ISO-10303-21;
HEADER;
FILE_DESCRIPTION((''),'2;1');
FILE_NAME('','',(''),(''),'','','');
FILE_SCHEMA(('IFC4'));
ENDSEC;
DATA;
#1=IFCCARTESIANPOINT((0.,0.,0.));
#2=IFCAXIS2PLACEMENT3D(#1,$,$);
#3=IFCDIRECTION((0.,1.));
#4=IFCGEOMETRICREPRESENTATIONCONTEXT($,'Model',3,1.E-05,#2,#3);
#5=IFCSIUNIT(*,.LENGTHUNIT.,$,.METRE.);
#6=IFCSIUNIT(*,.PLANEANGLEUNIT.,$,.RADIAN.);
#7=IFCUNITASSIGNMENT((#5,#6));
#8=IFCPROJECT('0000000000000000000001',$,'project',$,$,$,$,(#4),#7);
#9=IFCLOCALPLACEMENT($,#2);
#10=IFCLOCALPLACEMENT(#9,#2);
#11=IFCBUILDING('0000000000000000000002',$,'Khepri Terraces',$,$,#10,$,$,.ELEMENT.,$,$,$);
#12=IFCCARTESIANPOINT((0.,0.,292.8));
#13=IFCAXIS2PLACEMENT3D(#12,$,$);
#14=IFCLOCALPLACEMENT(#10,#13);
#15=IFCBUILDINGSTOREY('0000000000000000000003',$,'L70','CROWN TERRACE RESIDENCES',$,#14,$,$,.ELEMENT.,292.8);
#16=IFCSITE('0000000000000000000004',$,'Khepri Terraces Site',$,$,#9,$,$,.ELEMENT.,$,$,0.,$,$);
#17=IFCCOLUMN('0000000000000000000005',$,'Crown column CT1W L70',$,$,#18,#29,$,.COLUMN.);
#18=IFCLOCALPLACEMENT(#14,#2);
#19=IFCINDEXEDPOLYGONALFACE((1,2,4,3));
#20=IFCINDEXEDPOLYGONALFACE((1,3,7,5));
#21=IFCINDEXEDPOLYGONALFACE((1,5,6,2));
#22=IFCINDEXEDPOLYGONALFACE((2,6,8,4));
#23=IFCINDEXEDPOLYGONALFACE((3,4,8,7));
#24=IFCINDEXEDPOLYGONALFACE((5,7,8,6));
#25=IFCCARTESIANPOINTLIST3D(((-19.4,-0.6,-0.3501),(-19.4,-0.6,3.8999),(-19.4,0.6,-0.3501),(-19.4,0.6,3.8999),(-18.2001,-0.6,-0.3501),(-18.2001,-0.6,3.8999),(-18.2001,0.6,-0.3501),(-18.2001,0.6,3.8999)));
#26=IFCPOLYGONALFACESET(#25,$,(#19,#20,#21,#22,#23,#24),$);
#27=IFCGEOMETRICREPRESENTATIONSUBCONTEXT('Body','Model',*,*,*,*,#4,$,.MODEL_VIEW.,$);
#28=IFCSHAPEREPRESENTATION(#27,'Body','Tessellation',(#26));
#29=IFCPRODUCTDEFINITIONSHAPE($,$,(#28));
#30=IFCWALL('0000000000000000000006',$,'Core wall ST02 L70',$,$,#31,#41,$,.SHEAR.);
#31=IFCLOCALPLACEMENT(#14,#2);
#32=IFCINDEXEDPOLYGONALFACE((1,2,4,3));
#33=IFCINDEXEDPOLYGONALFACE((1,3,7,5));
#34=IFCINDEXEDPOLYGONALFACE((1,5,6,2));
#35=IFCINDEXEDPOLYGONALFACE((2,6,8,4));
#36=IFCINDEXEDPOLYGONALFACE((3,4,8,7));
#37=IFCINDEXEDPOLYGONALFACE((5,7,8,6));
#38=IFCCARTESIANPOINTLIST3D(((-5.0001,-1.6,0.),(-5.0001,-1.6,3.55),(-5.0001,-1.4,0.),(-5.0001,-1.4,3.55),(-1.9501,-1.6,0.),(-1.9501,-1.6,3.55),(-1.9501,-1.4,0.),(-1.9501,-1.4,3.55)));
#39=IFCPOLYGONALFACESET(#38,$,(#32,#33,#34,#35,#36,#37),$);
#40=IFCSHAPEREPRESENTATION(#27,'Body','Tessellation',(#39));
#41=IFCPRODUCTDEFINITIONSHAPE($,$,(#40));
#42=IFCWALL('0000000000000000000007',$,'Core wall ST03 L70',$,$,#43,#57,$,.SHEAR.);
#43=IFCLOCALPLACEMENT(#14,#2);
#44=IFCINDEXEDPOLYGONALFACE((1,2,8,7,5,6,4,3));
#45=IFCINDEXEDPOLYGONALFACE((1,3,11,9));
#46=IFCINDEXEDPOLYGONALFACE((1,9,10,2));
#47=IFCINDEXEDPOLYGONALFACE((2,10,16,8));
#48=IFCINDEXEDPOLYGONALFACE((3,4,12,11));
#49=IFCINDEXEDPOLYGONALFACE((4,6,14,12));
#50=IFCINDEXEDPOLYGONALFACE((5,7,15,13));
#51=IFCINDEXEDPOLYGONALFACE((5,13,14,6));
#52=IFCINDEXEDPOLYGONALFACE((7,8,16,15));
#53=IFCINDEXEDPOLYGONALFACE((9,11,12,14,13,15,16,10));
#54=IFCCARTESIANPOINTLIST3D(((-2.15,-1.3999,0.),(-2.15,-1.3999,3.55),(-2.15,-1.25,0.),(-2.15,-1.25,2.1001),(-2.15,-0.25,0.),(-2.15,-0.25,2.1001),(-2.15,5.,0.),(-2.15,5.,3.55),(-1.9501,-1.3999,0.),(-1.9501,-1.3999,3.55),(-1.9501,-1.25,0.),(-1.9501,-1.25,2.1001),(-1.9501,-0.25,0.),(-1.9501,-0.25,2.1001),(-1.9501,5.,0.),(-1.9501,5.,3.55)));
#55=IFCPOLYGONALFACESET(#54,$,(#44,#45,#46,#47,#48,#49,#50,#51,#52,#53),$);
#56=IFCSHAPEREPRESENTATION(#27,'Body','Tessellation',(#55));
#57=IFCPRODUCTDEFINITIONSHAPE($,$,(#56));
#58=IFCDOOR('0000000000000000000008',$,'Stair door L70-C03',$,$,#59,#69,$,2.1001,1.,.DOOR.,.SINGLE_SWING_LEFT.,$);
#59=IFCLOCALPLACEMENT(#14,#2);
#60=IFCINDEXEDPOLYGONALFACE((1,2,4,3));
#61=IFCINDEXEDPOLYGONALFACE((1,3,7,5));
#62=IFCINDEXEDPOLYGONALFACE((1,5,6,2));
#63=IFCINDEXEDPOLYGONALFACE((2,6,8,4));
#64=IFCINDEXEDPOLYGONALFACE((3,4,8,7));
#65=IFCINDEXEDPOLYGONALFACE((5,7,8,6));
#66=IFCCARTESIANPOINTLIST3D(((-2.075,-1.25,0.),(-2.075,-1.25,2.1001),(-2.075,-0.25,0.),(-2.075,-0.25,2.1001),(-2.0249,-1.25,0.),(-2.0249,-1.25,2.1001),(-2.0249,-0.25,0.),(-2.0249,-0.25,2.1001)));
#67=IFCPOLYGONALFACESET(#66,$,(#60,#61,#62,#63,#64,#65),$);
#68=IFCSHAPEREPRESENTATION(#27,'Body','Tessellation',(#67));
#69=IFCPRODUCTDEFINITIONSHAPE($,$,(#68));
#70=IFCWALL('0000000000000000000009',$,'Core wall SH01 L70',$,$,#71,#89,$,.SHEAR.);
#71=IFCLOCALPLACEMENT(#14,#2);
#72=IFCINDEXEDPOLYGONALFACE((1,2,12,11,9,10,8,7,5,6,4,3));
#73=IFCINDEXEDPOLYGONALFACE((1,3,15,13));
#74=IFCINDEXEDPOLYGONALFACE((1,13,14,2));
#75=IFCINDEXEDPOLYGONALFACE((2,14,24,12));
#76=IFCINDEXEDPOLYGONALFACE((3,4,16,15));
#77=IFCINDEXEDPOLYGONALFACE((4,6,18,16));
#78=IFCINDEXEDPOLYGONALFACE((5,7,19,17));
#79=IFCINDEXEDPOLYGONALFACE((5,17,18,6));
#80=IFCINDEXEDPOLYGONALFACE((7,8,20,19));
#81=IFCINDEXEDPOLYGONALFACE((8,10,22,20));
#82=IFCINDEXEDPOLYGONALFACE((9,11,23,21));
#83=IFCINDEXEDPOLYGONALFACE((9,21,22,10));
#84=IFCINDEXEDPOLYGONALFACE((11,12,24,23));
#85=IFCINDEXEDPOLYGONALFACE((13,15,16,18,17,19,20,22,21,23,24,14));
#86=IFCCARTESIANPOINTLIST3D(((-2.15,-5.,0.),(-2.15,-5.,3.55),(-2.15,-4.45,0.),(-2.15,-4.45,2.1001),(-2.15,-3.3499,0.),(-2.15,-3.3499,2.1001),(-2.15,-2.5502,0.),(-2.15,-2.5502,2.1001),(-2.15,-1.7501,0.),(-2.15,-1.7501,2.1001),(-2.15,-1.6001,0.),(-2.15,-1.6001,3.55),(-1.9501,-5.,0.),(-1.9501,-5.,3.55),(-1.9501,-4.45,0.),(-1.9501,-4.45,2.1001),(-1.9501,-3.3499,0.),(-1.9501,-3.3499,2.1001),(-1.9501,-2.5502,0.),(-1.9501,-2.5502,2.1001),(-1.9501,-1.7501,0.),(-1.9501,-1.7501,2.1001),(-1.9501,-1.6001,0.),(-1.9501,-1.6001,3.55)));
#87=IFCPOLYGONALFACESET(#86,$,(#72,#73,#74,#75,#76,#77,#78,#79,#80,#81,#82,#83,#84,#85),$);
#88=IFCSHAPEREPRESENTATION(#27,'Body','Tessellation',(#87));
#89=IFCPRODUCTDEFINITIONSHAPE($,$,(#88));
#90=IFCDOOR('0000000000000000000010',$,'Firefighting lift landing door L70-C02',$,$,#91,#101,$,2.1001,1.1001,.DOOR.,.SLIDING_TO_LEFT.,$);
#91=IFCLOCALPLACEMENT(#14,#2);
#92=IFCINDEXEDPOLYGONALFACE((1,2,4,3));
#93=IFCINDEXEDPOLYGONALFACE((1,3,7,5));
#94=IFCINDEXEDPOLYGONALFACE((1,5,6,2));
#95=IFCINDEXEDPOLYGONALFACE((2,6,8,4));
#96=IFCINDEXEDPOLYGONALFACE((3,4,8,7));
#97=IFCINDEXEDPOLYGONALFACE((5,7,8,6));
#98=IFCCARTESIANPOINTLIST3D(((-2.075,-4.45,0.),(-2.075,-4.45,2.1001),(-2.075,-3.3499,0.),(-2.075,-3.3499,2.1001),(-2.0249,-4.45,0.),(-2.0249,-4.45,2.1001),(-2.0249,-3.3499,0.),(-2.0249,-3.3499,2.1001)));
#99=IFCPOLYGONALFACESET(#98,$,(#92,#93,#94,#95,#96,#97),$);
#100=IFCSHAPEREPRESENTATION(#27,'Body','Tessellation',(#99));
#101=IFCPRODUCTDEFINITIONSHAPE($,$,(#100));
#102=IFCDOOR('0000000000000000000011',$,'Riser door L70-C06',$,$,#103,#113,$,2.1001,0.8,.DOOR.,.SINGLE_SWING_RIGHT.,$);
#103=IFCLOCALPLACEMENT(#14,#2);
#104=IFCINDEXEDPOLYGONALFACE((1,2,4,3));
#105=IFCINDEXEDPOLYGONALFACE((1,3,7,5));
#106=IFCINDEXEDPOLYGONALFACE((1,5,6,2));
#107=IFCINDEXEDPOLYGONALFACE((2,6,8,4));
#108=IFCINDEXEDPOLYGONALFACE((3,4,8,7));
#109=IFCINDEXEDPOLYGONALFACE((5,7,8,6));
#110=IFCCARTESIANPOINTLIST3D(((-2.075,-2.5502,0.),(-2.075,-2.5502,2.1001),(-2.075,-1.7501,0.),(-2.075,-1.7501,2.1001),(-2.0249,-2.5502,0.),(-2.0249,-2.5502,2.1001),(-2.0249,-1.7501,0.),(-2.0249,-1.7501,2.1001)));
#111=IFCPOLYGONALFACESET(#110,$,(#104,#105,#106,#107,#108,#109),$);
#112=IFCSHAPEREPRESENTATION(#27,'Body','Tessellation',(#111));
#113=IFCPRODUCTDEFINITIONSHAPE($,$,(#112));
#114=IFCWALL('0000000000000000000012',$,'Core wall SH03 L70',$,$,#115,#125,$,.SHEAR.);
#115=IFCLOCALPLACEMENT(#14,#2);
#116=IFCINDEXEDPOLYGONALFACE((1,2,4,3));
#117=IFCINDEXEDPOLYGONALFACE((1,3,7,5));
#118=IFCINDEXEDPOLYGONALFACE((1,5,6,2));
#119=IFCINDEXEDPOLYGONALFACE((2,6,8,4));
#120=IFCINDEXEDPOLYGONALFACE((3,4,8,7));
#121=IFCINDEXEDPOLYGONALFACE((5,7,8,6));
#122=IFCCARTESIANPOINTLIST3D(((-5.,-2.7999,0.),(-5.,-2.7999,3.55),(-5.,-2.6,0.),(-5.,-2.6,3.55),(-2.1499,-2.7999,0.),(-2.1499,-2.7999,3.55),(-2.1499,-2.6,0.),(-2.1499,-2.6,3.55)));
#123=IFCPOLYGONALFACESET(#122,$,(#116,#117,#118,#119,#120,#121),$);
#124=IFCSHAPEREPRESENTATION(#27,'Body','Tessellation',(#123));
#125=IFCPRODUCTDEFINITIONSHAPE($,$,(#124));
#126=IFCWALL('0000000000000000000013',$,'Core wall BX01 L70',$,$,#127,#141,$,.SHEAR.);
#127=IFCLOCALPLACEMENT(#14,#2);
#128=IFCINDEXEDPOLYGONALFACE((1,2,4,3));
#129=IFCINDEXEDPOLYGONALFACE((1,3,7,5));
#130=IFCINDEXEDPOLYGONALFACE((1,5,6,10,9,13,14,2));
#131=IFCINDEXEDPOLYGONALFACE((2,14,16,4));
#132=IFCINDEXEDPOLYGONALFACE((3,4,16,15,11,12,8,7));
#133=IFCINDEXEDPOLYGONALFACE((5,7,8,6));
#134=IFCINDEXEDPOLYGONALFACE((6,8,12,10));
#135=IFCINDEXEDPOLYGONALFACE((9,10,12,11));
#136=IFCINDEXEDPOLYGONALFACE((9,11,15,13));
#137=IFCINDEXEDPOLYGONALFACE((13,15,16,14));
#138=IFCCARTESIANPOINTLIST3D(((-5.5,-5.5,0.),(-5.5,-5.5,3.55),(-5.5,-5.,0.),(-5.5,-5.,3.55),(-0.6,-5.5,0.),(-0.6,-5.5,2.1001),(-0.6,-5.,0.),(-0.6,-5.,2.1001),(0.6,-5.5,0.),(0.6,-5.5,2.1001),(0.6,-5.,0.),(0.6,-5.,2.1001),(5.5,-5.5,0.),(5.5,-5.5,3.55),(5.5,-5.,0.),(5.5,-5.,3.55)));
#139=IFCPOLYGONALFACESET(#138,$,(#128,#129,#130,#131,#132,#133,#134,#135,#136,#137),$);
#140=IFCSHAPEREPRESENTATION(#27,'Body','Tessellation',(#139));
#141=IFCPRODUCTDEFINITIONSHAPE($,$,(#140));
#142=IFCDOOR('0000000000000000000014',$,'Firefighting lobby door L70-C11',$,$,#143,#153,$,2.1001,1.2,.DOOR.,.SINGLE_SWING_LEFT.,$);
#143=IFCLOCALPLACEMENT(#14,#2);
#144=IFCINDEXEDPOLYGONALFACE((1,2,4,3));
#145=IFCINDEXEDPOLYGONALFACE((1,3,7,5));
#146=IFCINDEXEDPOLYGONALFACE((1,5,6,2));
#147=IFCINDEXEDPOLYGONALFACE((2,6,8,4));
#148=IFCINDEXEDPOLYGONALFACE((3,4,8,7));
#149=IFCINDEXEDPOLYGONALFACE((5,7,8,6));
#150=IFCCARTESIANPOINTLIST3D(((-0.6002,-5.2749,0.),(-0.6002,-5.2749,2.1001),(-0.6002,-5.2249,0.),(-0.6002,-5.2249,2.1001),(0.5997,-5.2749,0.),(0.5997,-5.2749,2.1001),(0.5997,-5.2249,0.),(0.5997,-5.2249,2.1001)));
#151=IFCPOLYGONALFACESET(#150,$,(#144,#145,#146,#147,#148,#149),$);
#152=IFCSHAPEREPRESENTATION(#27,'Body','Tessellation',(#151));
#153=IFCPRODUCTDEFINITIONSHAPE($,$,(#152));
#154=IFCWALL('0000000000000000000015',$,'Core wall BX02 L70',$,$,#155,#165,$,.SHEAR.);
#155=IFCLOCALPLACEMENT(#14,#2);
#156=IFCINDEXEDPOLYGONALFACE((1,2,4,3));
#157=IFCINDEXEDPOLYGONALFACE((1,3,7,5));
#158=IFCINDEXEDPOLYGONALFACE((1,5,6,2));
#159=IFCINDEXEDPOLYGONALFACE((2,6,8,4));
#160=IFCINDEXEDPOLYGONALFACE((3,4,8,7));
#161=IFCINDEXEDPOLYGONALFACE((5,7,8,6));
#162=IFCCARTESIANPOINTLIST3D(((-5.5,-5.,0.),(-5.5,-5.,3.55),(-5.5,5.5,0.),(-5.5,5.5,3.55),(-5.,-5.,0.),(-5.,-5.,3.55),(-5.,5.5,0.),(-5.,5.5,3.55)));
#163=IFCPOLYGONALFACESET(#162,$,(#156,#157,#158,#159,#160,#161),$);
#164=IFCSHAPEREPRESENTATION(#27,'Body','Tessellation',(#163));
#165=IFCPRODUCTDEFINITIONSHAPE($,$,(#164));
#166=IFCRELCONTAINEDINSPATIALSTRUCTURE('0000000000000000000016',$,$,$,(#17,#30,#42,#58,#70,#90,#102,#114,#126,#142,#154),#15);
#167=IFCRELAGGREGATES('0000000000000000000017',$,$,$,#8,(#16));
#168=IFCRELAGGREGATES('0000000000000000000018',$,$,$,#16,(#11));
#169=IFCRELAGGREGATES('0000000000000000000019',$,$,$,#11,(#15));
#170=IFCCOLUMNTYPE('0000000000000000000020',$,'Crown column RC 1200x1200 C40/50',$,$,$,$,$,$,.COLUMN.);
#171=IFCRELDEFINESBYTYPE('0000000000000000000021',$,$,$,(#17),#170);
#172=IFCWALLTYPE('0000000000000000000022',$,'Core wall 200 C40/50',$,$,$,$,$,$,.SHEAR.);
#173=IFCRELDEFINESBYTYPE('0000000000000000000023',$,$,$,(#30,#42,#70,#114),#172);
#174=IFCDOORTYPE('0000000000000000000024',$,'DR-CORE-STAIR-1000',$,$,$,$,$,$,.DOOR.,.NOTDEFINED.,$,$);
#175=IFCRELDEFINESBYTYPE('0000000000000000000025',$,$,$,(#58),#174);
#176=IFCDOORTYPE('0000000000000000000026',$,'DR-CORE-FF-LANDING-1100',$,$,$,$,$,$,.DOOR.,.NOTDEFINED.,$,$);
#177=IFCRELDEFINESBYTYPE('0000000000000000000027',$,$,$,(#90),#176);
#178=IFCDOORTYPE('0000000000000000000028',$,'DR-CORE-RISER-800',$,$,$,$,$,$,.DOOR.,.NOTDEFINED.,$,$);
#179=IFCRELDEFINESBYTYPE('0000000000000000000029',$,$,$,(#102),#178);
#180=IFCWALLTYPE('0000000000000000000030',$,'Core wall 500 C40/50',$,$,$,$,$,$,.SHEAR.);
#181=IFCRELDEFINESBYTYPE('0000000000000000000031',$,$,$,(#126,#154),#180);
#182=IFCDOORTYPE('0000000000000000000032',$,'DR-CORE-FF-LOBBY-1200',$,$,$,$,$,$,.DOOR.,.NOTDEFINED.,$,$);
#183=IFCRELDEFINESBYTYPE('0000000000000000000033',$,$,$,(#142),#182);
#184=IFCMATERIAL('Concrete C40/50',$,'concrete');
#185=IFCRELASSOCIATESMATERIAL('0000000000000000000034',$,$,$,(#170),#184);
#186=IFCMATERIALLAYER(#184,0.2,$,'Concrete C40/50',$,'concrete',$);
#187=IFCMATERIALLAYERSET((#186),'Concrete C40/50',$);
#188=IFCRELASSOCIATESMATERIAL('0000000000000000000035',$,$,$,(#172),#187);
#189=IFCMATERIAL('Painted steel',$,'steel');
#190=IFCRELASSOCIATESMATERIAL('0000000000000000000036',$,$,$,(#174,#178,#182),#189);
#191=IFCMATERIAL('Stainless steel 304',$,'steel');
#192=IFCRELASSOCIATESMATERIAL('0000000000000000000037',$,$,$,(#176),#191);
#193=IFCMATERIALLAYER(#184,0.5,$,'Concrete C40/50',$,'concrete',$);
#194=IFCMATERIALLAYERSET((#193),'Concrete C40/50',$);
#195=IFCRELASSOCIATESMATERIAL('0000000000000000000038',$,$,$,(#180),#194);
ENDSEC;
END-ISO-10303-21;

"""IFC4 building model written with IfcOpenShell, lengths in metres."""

from ifc_helpers import new_model, si_unit, direction, frame, frame_2d, origin, origin_2d, place, context, subcontext, project, spatial, rectangle, extrude, material, layer, layer_set, material_profile, profile_set, type_object, element, fill, save


model = new_model("IFC4")

# Units and contexts
model_context = context("Model", 3, precision=1e-05, world=origin(), true_north=direction((0.0, 1.0)))
body_context = subcontext(model_context, "Body", "Model", "MODEL_VIEW")
ifc_project = project(units=[si_unit("LENGTHUNIT", "METRE"), si_unit("PLANEANGLEUNIT", "RADIAN")], contexts=[model_context])

# Site, building, storey
site_placement = place(None, origin())
site = spatial("IfcSite", under=ifc_project, at=site_placement, Name="Khepri Terraces Site", CompositionType="ELEMENT", RefElevation=0.0)
building_placement = place(site_placement, origin())
building = spatial("IfcBuilding", under=site, at=building_placement, Name="Khepri Terraces", CompositionType="ELEMENT")
storey_placement = place(building_placement, frame((0.0, 0.0, 292.8)))
storey = spatial("IfcBuildingStorey", under=building, at=storey_placement, Name="L70", Description="CROWN TERRACE RESIDENCES", CompositionType="ELEMENT", Elevation=292.8)

# Column
ifc_material_1 = material(Name="Concrete C40/50", Category="concrete")
ifc_material_profile = material_profile(ifc_material_1, rectangle(XDim=1.2, YDim=1.2, at=origin_2d()), Name="Concrete C40/50", Category="concrete")
ifc_profile_set = profile_set([ifc_material_profile], Name="Concrete C40/50")
column_type = type_object("IfcColumnType", Name="Crown column RC 1200x1200 C40/50", PredefinedType="COLUMN", material=ifc_profile_set)
column_placement = place(storey_placement, frame((-18.8, 0.0, -0.3501), z_axis=(0.0, 0.0, 1.0), x_axis=(1.0, 0.0, 0.0)))
element("IfcColumn", 1, at=column_placement, inside=storey, type_object=column_type, Name="Crown column CT1W L70", PredefinedType="COLUMN", context=body_context, shape_type="SweptSolid", body=[
    extrude(rectangle(XDim=1.2, YDim=1.2, at=origin_2d()), origin(), (0.0, 0.0, 1.0), 4.25),
])

# Wall
ifc_layer_1 = layer(ifc_material_1, 0.2, Name="Concrete C40/50", Category="concrete")
ifc_layer_set_1 = layer_set([ifc_layer_1], Name="Concrete C40/50")
wall_type_1 = type_object("IfcWallType", Name="Core wall 200 C40/50", PredefinedType="SHEAR", material=ifc_layer_set_1)
wall_1_placement = place(storey_placement, frame((-5.0, -1.5, 0.0), z_axis=(0.0, 0.0, 1.0), x_axis=(1.0, 0.0, 0.0)))
element("IfcWall", 2, at=wall_1_placement, inside=storey, type_object=wall_type_1, Name="Core wall ST02 L70", PredefinedType="SHEAR", context=body_context, shape_type="SweptSolid", body=[
    extrude(rectangle(XDim=3.05, YDim=0.2, at=frame_2d((1.5249, 0.0))), origin(), (0.0, 0.0, 1.0), 3.55),
])

# Wall, opening, door
wall_2_placement = place(storey_placement, frame((-2.05, -1.3999, 0.0), z_axis=(0.0, 0.0, 1.0), x_axis=(0.0, 1.0, 0.0)))
wall_2 = element("IfcWall", 3, at=wall_2_placement, inside=storey, type_object=wall_type_1, Name="Core wall ST03 L70", PredefinedType="SHEAR", context=body_context, shape_type="SweptSolid", body=[
    extrude(rectangle(XDim=6.3999, YDim=0.2, at=frame_2d((3.2, 0.0))), origin(), (0.0, 0.0, 1.0), 3.55),
])
opening_1_placement = place(wall_2_placement, frame((0.1499, 0.0, 0.0)))
opening_1 = element("IfcOpeningElement", 4, at=opening_1_placement, cuts=wall_2, PredefinedType="OPENING", context=body_context, shape_type="SweptSolid", body=[
    extrude(rectangle(XDim=1.0, YDim=2.1001, at=frame_2d((0.5, 1.05))), frame((0.0, 0.1099, 0.0), z_axis=(0.0, -1.0, 0.0), x_axis=(1.0, 0.0, 0.0)), (0.0, 0.0, 1.0), 0.22),
])
ifc_material_2 = material(Name="Painted steel", Category="steel")
door_type_1 = type_object("IfcDoorType", Name="DR-CORE-STAIR-1000", OperationType="NOTDEFINED", PredefinedType="DOOR", material=ifc_material_2)
door_1_placement = place(opening_1_placement, origin())
door_1 = element("IfcDoor", 5, at=door_1_placement, inside=storey, type_object=door_type_1, Name="Stair door L70-C03", OperationType="SINGLE_SWING_LEFT", OverallHeight=2.1001, OverallWidth=1.0, PredefinedType="DOOR", context=body_context, shape_type="SweptSolid", body=[
    extrude(rectangle(XDim=1.0, YDim=2.1001, at=frame_2d((0.5, 1.05))), frame((0.0, 0.0249, 0.0), z_axis=(0.0, -1.0, 0.0), x_axis=(1.0, 0.0, 0.0)), (0.0, 0.0, 1.0), 0.05),
])
fill(opening_1, door_1)

# Wall, openings, doors
wall_3_placement = place(storey_placement, frame((-2.05, -5.0, 0.0), z_axis=(0.0, 0.0, 1.0), x_axis=(0.0, 1.0, 0.0)))
wall_3 = element("IfcWall", 6, at=wall_3_placement, inside=storey, type_object=wall_type_1, Name="Core wall SH01 L70", PredefinedType="SHEAR", context=body_context, shape_type="SweptSolid", body=[
    extrude(rectangle(XDim=3.3999, YDim=0.2, at=frame_2d((1.7, 0.0))), origin(), (0.0, 0.0, 1.0), 3.55),
])
opening_2_placement = place(wall_3_placement, frame((0.55, 0.0, 0.0)))
opening_2 = element("IfcOpeningElement", 7, at=opening_2_placement, cuts=wall_3, PredefinedType="OPENING", context=body_context, shape_type="SweptSolid", body=[
    extrude(rectangle(XDim=1.1001, YDim=2.1001, at=frame_2d((0.55, 1.05))), frame((0.0, 0.1099, 0.0), z_axis=(0.0, -1.0, 0.0), x_axis=(1.0, 0.0, 0.0)), (0.0, 0.0, 1.0), 0.22),
])
opening_3_placement = place(wall_3_placement, frame((2.45, 0.0, 0.0)))
opening_3 = element("IfcOpeningElement", 8, at=opening_3_placement, cuts=wall_3, PredefinedType="OPENING", context=body_context, shape_type="SweptSolid", body=[
    extrude(rectangle(XDim=0.8, YDim=2.1001, at=frame_2d((0.3999, 1.05))), frame((0.0, 0.1099, 0.0), z_axis=(0.0, -1.0, 0.0), x_axis=(1.0, 0.0, 0.0)), (0.0, 0.0, 1.0), 0.22),
])
ifc_material_3 = material(Name="Stainless steel 304", Category="steel")
door_type_2 = type_object("IfcDoorType", Name="DR-CORE-FF-LANDING-1100", OperationType="NOTDEFINED", PredefinedType="DOOR", material=ifc_material_3)
door_2_placement = place(opening_2_placement, origin())
door_2 = element("IfcDoor", 9, at=door_2_placement, inside=storey, type_object=door_type_2, Name="Firefighting lift landing door L70-C02", OperationType="SLIDING_TO_LEFT", OverallHeight=2.1001, OverallWidth=1.1001, PredefinedType="DOOR", context=body_context, shape_type="SweptSolid", body=[
    extrude(rectangle(XDim=1.1001, YDim=2.1001, at=frame_2d((0.55, 1.05))), frame((0.0, 0.0249, 0.0), z_axis=(0.0, -1.0, 0.0), x_axis=(1.0, 0.0, 0.0)), (0.0, 0.0, 1.0), 0.05),
])
fill(opening_2, door_2)
door_type_3 = type_object("IfcDoorType", Name="DR-CORE-RISER-800", OperationType="NOTDEFINED", PredefinedType="DOOR", material=ifc_material_2)
door_3_placement = place(opening_3_placement, origin())
door_3 = element("IfcDoor", 10, at=door_3_placement, inside=storey, type_object=door_type_3, Name="Riser door L70-C06", OperationType="SINGLE_SWING_RIGHT", OverallHeight=2.1001, OverallWidth=0.8, PredefinedType="DOOR", context=body_context, shape_type="SweptSolid", body=[
    extrude(rectangle(XDim=0.8, YDim=2.1001, at=frame_2d((0.3999, 1.05))), frame((0.0, 0.0249, 0.0), z_axis=(0.0, -1.0, 0.0), x_axis=(1.0, 0.0, 0.0)), (0.0, 0.0, 1.0), 0.05),
])
fill(opening_3, door_3)

# Wall
wall_4_placement = place(storey_placement, frame((-5.0, -2.7, 0.0), z_axis=(0.0, 0.0, 1.0), x_axis=(1.0, 0.0, 0.0)))
element("IfcWall", 11, at=wall_4_placement, inside=storey, type_object=wall_type_1, Name="Core wall SH03 L70", PredefinedType="SHEAR", context=body_context, shape_type="SweptSolid", body=[
    extrude(rectangle(XDim=2.8501, YDim=0.2, at=frame_2d((1.425, 0.0))), origin(), (0.0, 0.0, 1.0), 3.55),
])

# Wall, opening, door
ifc_layer_2 = layer(ifc_material_1, 0.5, Name="Concrete C40/50", Category="concrete")
ifc_layer_set_2 = layer_set([ifc_layer_2], Name="Concrete C40/50")
wall_type_2 = type_object("IfcWallType", Name="Core wall 500 C40/50", PredefinedType="SHEAR", material=ifc_layer_set_2)
wall_5_placement = place(storey_placement, frame((-5.5, -5.25, 0.0), z_axis=(0.0, 0.0, 1.0), x_axis=(1.0, 0.0, 0.0)))
wall_5 = element("IfcWall", 12, at=wall_5_placement, inside=storey, type_object=wall_type_2, Name="Core wall BX01 L70", PredefinedType="SHEAR", context=body_context, shape_type="SweptSolid", body=[
    extrude(rectangle(XDim=11.0, YDim=0.5, at=frame_2d((5.5, 0.0))), origin(), (0.0, 0.0, 1.0), 3.55),
])
opening_4_placement = place(wall_5_placement, frame((4.8999, 0.0, 0.0)))
opening_4 = element("IfcOpeningElement", 13, at=opening_4_placement, cuts=wall_5, PredefinedType="OPENING", context=body_context, shape_type="SweptSolid", body=[
    extrude(rectangle(XDim=1.2, YDim=2.1001, at=frame_2d((0.6001, 1.05))), frame((0.0, 0.26, 0.0), z_axis=(0.0, -1.0, 0.0), x_axis=(1.0, 0.0, 0.0)), (0.0, 0.0, 1.0), 0.52),
])
door_type_4 = type_object("IfcDoorType", Name="DR-CORE-FF-LOBBY-1200", OperationType="NOTDEFINED", PredefinedType="DOOR", material=ifc_material_2)
door_4_placement = place(opening_4_placement, frame((1.2, 0.0, 0.0), z_axis=(0.0, 0.0, 1.0), x_axis=(-1.0, 0.0, 0.0)))
door_4 = element("IfcDoor", 14, at=door_4_placement, inside=storey, type_object=door_type_4, Name="Firefighting lobby door L70-C11", OperationType="SINGLE_SWING_LEFT", OverallHeight=2.1001, OverallWidth=1.2, PredefinedType="DOOR", context=body_context, shape_type="SweptSolid", body=[
    extrude(rectangle(XDim=1.2, YDim=2.1001, at=frame_2d((0.6001, 1.05))), frame((0.0, 0.0249, 0.0), z_axis=(0.0, -1.0, 0.0), x_axis=(1.0, 0.0, 0.0)), (0.0, 0.0, 1.0), 0.05),
])
fill(opening_4, door_4)

# Wall
wall_6_placement = place(storey_placement, frame((-5.25, -5.0, 0.0), z_axis=(0.0, 0.0, 1.0), x_axis=(0.0, 1.0, 0.0)))
element("IfcWall", 15, at=wall_6_placement, inside=storey, type_object=wall_type_2, Name="Core wall BX02 L70", PredefinedType="SHEAR", context=body_context, shape_type="SweptSolid", body=[
    extrude(rectangle(XDim=10.5, YDim=0.5, at=frame_2d((5.25, 0.0))), origin(), (0.0, 0.0, 1.0), 3.55),
])

save(model, "model.ifc")
